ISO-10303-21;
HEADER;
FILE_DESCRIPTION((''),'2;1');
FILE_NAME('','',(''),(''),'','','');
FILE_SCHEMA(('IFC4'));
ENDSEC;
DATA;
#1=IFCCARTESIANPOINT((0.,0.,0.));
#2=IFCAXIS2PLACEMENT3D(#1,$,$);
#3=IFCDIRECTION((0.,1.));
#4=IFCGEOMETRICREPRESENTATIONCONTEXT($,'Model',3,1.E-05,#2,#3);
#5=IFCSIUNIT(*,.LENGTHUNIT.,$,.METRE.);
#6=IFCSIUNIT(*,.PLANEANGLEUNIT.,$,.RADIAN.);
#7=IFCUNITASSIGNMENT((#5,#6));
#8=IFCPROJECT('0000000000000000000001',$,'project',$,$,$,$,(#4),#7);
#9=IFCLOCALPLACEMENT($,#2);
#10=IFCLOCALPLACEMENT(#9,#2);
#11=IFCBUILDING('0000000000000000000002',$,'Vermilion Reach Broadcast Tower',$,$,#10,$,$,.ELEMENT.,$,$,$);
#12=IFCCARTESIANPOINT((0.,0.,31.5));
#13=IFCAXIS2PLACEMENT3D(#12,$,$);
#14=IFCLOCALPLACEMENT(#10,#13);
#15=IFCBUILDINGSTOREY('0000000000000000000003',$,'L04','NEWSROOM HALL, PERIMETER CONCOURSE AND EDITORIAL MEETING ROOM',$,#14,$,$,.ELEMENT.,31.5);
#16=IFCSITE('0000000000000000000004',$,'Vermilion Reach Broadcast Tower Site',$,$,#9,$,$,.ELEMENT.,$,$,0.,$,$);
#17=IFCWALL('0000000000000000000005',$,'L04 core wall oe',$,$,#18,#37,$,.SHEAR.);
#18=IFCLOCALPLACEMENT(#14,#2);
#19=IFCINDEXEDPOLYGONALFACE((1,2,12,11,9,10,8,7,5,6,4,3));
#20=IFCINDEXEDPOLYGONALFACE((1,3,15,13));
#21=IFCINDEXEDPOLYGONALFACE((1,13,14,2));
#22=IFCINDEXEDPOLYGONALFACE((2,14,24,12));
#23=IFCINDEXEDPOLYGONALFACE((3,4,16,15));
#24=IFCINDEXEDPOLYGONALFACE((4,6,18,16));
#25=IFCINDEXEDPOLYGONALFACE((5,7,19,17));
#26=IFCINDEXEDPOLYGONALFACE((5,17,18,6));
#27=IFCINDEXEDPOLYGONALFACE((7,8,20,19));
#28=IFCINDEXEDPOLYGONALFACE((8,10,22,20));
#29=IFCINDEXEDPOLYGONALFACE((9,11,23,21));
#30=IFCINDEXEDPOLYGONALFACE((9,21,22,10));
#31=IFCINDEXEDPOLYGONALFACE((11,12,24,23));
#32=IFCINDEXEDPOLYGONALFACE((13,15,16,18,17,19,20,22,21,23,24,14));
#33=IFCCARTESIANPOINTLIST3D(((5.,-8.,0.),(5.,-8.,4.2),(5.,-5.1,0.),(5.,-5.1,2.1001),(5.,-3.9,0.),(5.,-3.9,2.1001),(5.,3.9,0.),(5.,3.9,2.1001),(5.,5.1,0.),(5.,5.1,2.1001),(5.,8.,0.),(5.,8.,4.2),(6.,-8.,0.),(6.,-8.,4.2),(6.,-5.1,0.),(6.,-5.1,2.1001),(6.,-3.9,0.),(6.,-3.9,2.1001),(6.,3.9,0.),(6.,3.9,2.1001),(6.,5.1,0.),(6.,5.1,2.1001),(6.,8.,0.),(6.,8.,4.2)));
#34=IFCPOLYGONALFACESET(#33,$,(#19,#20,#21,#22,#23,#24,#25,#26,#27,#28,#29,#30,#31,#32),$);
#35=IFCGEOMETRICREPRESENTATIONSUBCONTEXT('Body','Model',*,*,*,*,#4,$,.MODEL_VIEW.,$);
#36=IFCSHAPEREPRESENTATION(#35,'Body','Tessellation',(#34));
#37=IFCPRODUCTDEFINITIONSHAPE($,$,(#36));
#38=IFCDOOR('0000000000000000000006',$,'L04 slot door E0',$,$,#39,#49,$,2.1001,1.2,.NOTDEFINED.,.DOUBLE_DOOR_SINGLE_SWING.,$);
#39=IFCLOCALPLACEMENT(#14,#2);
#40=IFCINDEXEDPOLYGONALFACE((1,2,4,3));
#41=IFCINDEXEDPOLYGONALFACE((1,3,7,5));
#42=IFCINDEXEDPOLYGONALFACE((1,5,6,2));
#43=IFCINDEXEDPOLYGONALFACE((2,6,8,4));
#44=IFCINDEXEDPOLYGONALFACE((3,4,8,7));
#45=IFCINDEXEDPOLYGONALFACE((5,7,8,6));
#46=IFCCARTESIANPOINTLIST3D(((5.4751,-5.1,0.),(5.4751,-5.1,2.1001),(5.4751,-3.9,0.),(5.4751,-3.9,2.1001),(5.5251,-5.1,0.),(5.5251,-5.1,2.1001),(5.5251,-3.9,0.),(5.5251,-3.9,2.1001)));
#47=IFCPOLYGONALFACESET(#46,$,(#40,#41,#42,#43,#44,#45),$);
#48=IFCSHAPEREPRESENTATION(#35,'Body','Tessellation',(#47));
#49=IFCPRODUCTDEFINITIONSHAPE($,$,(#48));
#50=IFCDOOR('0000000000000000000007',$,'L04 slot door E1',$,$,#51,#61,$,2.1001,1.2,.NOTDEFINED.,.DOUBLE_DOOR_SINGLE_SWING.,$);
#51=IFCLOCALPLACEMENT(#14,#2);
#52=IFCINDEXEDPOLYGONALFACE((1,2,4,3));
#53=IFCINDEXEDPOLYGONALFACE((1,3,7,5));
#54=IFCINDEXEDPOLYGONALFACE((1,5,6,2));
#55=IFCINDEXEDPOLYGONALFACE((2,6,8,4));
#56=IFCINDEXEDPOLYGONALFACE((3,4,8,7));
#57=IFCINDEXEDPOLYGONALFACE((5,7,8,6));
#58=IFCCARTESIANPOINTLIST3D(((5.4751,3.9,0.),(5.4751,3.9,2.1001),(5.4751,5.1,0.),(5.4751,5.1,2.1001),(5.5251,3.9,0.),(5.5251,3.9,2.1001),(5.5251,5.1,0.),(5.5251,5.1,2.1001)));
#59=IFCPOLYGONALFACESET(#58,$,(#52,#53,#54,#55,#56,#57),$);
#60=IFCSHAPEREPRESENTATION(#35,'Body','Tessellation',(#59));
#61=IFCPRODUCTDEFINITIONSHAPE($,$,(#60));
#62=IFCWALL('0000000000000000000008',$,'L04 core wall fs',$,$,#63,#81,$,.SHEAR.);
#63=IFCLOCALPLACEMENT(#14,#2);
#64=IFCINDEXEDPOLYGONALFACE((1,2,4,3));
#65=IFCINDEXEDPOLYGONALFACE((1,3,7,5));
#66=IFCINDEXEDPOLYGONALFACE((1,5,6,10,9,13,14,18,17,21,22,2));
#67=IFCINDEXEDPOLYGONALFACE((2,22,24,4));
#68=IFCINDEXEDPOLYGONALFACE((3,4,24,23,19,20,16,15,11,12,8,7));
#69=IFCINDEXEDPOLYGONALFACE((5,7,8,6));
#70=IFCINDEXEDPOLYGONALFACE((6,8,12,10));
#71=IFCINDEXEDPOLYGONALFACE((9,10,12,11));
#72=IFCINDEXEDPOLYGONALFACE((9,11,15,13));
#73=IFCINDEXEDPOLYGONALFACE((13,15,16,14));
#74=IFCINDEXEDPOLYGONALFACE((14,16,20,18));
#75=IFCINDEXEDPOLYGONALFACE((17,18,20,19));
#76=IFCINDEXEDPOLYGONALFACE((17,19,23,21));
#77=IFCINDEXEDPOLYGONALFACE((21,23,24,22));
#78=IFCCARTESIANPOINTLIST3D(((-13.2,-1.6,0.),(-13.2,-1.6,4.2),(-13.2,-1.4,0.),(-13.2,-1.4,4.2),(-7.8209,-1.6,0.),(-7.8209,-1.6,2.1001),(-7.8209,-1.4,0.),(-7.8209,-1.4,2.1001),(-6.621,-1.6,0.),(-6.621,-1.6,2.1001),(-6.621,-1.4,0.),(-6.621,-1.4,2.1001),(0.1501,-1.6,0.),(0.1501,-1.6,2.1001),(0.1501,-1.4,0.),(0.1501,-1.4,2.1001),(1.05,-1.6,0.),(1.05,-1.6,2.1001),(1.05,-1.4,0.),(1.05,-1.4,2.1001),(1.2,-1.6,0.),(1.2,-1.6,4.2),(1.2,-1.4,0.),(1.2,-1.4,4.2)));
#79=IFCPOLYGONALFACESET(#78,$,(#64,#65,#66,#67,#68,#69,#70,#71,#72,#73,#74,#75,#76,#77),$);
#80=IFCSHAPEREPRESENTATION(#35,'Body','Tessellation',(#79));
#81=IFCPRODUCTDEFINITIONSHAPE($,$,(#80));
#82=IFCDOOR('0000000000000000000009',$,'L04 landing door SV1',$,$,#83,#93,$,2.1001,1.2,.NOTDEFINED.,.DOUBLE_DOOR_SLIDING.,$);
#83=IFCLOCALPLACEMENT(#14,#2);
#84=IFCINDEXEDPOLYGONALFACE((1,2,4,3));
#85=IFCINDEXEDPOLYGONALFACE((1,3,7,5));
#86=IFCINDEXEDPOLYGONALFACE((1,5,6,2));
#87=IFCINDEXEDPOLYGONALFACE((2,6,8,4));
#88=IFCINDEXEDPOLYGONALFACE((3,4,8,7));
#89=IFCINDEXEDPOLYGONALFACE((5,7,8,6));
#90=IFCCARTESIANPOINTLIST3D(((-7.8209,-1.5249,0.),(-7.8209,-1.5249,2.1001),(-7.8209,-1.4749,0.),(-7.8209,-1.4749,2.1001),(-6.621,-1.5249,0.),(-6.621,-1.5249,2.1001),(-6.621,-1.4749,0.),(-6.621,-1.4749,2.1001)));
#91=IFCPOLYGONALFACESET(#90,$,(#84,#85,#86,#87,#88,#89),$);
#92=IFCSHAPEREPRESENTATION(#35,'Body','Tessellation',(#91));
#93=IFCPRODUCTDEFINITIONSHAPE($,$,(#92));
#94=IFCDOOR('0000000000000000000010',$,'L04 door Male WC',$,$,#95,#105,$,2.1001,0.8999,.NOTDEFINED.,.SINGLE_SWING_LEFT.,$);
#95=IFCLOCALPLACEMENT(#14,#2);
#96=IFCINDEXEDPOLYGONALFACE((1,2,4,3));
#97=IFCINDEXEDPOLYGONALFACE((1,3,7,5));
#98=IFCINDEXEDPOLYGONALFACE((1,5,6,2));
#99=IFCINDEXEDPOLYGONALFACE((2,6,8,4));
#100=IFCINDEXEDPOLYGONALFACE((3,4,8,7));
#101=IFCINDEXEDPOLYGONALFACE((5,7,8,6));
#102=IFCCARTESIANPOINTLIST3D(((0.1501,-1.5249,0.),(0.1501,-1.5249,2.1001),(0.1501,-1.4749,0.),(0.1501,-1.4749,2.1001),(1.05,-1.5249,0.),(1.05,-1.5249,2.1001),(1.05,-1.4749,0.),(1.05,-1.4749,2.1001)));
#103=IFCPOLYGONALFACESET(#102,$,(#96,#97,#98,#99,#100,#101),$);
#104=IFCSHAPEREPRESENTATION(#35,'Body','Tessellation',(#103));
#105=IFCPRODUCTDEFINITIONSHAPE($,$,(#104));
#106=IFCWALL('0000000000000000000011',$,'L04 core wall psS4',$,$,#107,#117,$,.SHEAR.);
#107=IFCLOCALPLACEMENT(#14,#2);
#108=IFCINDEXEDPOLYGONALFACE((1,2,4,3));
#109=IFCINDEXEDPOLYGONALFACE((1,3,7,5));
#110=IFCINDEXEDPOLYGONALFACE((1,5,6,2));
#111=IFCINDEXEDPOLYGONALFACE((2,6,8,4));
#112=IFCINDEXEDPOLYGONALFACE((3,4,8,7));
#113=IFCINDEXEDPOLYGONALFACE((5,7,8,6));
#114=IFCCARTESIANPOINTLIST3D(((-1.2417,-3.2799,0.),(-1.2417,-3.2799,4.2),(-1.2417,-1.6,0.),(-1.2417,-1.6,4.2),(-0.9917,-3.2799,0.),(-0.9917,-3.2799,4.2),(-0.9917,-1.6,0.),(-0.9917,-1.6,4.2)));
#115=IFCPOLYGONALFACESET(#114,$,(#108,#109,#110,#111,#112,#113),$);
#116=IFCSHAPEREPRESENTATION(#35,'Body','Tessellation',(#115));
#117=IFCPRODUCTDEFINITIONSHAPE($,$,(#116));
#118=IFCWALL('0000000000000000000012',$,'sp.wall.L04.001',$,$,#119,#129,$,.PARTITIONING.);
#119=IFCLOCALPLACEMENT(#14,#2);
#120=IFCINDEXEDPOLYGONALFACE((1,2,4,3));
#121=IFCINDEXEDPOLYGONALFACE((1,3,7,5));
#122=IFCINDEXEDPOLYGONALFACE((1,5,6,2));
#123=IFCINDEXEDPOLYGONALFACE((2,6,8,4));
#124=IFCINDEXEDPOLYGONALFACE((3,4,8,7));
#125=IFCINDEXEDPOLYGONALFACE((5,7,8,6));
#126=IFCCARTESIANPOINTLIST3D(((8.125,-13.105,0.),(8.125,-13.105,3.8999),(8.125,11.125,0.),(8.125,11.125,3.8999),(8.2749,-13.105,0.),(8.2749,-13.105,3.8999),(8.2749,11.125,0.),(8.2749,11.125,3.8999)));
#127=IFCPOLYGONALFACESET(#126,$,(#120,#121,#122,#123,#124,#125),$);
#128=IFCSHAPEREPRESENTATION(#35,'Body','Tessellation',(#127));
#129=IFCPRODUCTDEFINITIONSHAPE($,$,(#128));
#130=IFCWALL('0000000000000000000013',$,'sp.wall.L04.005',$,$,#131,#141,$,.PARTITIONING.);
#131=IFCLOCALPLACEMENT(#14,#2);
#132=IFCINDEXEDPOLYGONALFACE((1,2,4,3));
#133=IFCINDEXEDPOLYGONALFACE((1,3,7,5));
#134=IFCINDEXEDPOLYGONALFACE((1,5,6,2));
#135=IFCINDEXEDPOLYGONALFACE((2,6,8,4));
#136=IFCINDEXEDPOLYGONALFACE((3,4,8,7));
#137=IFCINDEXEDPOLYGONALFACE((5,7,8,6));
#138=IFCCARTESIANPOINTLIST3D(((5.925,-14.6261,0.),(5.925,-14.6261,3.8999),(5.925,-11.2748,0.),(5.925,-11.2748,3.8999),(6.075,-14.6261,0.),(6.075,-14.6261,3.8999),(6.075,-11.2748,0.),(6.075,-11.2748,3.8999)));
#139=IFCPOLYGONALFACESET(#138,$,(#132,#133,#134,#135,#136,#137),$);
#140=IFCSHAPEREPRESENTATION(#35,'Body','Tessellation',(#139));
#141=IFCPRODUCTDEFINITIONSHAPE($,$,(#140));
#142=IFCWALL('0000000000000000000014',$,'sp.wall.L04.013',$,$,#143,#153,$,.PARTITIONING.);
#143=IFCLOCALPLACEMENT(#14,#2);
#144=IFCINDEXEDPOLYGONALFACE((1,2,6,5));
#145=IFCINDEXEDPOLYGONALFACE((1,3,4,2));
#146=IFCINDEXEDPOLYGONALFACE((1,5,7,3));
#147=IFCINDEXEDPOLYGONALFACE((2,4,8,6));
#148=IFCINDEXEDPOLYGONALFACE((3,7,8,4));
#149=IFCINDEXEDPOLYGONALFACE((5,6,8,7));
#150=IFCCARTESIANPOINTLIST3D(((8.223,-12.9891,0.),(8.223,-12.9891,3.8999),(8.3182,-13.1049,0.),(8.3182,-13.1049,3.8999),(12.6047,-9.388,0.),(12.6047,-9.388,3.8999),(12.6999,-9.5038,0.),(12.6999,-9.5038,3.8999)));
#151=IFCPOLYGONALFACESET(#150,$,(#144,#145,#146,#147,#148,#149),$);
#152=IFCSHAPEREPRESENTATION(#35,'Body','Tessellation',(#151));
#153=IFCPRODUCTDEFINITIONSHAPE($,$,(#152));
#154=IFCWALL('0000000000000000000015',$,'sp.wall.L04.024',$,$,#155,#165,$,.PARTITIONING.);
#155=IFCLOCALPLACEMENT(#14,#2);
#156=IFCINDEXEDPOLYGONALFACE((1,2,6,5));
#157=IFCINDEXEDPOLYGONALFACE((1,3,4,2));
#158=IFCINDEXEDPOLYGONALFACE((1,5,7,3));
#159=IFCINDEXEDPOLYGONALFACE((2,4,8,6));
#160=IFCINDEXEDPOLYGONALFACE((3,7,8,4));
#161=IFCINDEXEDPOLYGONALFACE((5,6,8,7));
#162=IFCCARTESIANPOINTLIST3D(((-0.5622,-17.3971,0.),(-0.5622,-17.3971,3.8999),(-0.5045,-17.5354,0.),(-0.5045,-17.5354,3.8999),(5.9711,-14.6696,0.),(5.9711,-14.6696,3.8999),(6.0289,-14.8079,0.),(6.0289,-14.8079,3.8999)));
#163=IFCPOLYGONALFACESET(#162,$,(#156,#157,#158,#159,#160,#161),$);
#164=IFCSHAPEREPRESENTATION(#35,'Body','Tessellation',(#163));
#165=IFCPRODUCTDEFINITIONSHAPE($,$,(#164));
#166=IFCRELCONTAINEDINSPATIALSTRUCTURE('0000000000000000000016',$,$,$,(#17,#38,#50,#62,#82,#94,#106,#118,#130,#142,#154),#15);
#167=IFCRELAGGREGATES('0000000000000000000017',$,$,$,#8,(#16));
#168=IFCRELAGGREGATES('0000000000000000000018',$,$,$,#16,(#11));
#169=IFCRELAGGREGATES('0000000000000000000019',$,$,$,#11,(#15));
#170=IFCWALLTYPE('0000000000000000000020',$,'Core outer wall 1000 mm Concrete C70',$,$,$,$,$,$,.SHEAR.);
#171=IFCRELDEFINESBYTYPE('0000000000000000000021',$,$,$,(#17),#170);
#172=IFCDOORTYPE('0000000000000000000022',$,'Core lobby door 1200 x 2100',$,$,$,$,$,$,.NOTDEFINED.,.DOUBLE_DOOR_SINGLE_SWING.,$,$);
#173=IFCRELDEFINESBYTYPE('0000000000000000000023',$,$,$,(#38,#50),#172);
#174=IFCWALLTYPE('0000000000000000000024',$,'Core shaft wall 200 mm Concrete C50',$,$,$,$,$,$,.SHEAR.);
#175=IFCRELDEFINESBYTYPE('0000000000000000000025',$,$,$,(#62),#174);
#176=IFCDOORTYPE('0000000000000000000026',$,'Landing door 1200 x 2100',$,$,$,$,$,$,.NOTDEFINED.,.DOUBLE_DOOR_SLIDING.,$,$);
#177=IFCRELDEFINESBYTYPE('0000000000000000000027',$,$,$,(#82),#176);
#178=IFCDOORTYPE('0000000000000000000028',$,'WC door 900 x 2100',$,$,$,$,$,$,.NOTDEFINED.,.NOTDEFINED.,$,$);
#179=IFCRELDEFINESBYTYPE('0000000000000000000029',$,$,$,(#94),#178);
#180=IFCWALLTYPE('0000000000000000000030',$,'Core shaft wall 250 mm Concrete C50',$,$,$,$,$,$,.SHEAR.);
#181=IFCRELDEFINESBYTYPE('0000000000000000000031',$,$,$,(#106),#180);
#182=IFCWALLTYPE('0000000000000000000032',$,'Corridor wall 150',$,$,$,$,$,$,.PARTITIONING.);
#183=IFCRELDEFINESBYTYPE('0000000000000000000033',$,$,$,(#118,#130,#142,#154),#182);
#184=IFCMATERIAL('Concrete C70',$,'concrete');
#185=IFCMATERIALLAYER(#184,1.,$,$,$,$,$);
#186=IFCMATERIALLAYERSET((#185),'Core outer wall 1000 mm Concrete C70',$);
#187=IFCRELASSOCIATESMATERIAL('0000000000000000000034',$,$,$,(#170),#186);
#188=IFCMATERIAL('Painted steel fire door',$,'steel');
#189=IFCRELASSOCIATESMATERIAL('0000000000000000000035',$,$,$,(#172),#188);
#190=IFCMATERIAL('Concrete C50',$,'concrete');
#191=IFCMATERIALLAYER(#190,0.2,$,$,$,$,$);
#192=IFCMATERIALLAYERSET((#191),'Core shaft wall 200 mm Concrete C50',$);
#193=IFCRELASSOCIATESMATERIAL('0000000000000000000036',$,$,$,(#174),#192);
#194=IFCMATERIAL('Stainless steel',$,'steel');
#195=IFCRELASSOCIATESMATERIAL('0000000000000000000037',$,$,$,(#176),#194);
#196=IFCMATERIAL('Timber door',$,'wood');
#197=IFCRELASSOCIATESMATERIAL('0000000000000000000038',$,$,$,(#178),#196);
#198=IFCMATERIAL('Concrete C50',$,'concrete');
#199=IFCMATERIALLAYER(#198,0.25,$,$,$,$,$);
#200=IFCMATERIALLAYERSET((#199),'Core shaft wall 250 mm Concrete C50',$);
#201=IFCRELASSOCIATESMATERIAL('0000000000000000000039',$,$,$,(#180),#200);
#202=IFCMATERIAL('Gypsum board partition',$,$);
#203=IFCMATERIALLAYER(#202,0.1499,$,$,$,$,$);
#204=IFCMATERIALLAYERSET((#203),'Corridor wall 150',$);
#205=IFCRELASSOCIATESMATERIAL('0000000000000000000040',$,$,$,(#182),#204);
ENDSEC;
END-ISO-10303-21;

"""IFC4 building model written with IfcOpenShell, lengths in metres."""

from ifc_helpers import new_model, si_unit, direction, frame, frame_2d, origin, place, context, subcontext, project, spatial, rectangle, extrude, material, layer, layer_set, type_object, element, fill, save


model = new_model("IFC4")

# Units and contexts
model_context = context("Model", 3, precision=1e-05, world=origin(), true_north=direction((0.0, 1.0)))
body_context = subcontext(model_context, "Body", "Model", "MODEL_VIEW")
ifc_project = project(units=[si_unit("LENGTHUNIT", "METRE"), si_unit("PLANEANGLEUNIT", "RADIAN")], contexts=[model_context])

# Site, building, storey
site_placement = place(None, origin())
site = spatial("IfcSite", under=ifc_project, at=site_placement, Name="Vermilion Reach Broadcast Tower Site", CompositionType="ELEMENT", RefElevation=0.0)
building_placement = place(site_placement, origin())
building = spatial("IfcBuilding", under=site, at=building_placement, Name="Vermilion Reach Broadcast Tower", CompositionType="ELEMENT")
storey_placement = place(building_placement, frame((0.0, 0.0, 31.5)))
storey = spatial("IfcBuildingStorey", under=building, at=storey_placement, Name="L04", Description="NEWSROOM HALL, PERIMETER CONCOURSE AND EDITORIAL MEETING ROOM", CompositionType="ELEMENT", Elevation=31.5)

# Walls, openings, doors
ifc_material_1 = material(Name="Concrete C70", Category="concrete")
ifc_layer_1 = layer(ifc_material_1, 1.0)
ifc_layer_set_1 = layer_set([ifc_layer_1], Name="Core outer wall 1000 mm Concrete C70")
wall_type_1 = type_object("IfcWallType", Name="Core outer wall 1000 mm Concrete C70", PredefinedType="SHEAR", material=ifc_layer_set_1)
wall_1_placement = place(storey_placement, frame((5.5, -8.0, 0.0), z_axis=(0.0, 0.0, 1.0), x_axis=(0.0, 1.0, 0.0)))
wall_1 = element("IfcWall", 1, at=wall_1_placement, inside=storey, type_object=wall_type_1, Name="L04 core wall oe", PredefinedType="SHEAR", context=body_context, shape_type="SweptSolid", body=[
    extrude(rectangle(XDim=16.0, YDim=1.0, at=frame_2d((8.0, 0.0))), origin(), (0.0, 0.0, 1.0), 4.2),
])
opening_1_placement = place(wall_1_placement, frame((2.8999, 0.0, 0.0)))
opening_1 = element("IfcOpeningElement", 2, at=opening_1_placement, cuts=wall_1, PredefinedType="OPENING", context=body_context, shape_type="SweptSolid", body=[
    extrude(rectangle(XDim=1.2, YDim=2.1001, at=frame_2d((0.6001, 1.05))), frame((0.0, 0.51, 0.0), z_axis=(0.0, -1.0, 0.0), x_axis=(1.0, 0.0, 0.0)), (0.0, 0.0, 1.0), 1.02),
])
opening_2_placement = place(wall_1_placement, frame((11.8999, 0.0, 0.0)))
opening_2 = element("IfcOpeningElement", 3, at=opening_2_placement, cuts=wall_1, PredefinedType="OPENING", context=body_context, shape_type="SweptSolid", body=[
    extrude(rectangle(XDim=1.2, YDim=2.1001, at=frame_2d((0.6001, 1.05))), frame((0.0, 0.51, 0.0), z_axis=(0.0, -1.0, 0.0), x_axis=(1.0, 0.0, 0.0)), (0.0, 0.0, 1.0), 1.02),
])
ifc_material_2 = material(Name="Painted steel fire door", Category="steel")
door_type_1 = type_object("IfcDoorType", Name="Core lobby door 1200 x 2100", OperationType="DOUBLE_DOOR_SINGLE_SWING", PredefinedType="NOTDEFINED", material=ifc_material_2)
door_1_placement = place(opening_1_placement, origin())
door_1 = element("IfcDoor", 4, at=door_1_placement, inside=storey, type_object=door_type_1, Name="L04 slot door E0", OperationType="DOUBLE_DOOR_SINGLE_SWING", OverallHeight=2.1001, OverallWidth=1.2, PredefinedType="NOTDEFINED", context=body_context, shape_type="SweptSolid", body=[
    extrude(rectangle(XDim=1.2, YDim=2.1001, at=frame_2d((0.6001, 1.05))), frame((0.0, 0.0249, 0.0), z_axis=(0.0, -1.0, 0.0), x_axis=(1.0, 0.0, 0.0)), (0.0, 0.0, 1.0), 0.05),
])
fill(opening_1, door_1)
door_2_placement = place(opening_2_placement, origin())
door_2 = element("IfcDoor", 5, at=door_2_placement, inside=storey, type_object=door_type_1, Name="L04 slot door E1", OperationType="DOUBLE_DOOR_SINGLE_SWING", OverallHeight=2.1001, OverallWidth=1.2, PredefinedType="NOTDEFINED", context=body_context, shape_type="SweptSolid", body=[
    extrude(rectangle(XDim=1.2, YDim=2.1001, at=frame_2d((0.6001, 1.05))), frame((0.0, 0.0249, 0.0), z_axis=(0.0, -1.0, 0.0), x_axis=(1.0, 0.0, 0.0)), (0.0, 0.0, 1.0), 0.05),
])
fill(opening_2, door_2)
ifc_material_3 = material(Name="Concrete C50", Category="concrete")
ifc_layer_2 = layer(ifc_material_3, 0.2)
ifc_layer_set_2 = layer_set([ifc_layer_2], Name="Core shaft wall 200 mm Concrete C50")
wall_type_2 = type_object("IfcWallType", Name="Core shaft wall 200 mm Concrete C50", PredefinedType="SHEAR", material=ifc_layer_set_2)
wall_2_placement = place(storey_placement, frame((1.2, -1.5, 0.0), z_axis=(0.0, 0.0, 1.0), x_axis=(-1.0, 0.0, 0.0)))
wall_2 = element("IfcWall", 6, at=wall_2_placement, inside=storey, type_object=wall_type_2, Name="L04 core wall fs", PredefinedType="SHEAR", context=body_context, shape_type="SweptSolid", body=[
    extrude(rectangle(XDim=14.3999, YDim=0.2, at=frame_2d((7.2, 0.0))), origin(), (0.0, 0.0, 1.0), 4.2),
])
opening_3_placement = place(wall_2_placement, frame((7.8208, 0.0, 0.0)))
opening_3 = element("IfcOpeningElement", 7, at=opening_3_placement, cuts=wall_2, PredefinedType="OPENING", context=body_context, shape_type="SweptSolid", body=[
    extrude(rectangle(XDim=1.2, YDim=2.1001, at=frame_2d((0.6001, 1.05))), frame((0.0, 0.1099, 0.0), z_axis=(0.0, -1.0, 0.0), x_axis=(1.0, 0.0, 0.0)), (0.0, 0.0, 1.0), 0.22),
])
opening_4_placement = place(wall_2_placement, frame((0.1499, 0.0, 0.0)))
opening_4 = element("IfcOpeningElement", 8, at=opening_4_placement, cuts=wall_2, PredefinedType="OPENING", context=body_context, shape_type="SweptSolid", body=[
    extrude(rectangle(XDim=0.8999, YDim=2.1001, at=frame_2d((0.45, 1.05))), frame((0.0, 0.1099, 0.0), z_axis=(0.0, -1.0, 0.0), x_axis=(1.0, 0.0, 0.0)), (0.0, 0.0, 1.0), 0.22),
])
ifc_material_4 = material(Name="Stainless steel", Category="steel")
door_type_2 = type_object("IfcDoorType", Name="Landing door 1200 x 2100", OperationType="DOUBLE_DOOR_SLIDING", PredefinedType="NOTDEFINED", material=ifc_material_4)
door_3_placement = place(opening_3_placement, origin())
door_3 = element("IfcDoor", 9, at=door_3_placement, inside=storey, type_object=door_type_2, Name="L04 landing door SV1", OperationType="DOUBLE_DOOR_SLIDING", OverallHeight=2.1001, OverallWidth=1.2, PredefinedType="NOTDEFINED", context=body_context, shape_type="SweptSolid", body=[
    extrude(rectangle(XDim=1.2, YDim=2.1001, at=frame_2d((0.6001, 1.05))), frame((0.0, 0.0249, 0.0), z_axis=(0.0, -1.0, 0.0), x_axis=(1.0, 0.0, 0.0)), (0.0, 0.0, 1.0), 0.05),
])
fill(opening_3, door_3)
ifc_material_5 = material(Name="Timber door", Category="wood")
door_type_3 = type_object("IfcDoorType", Name="WC door 900 x 2100", OperationType="NOTDEFINED", PredefinedType="NOTDEFINED", material=ifc_material_5)
door_4_placement = place(opening_4_placement, origin())
door_4 = element("IfcDoor", 10, at=door_4_placement, inside=storey, type_object=door_type_3, Name="L04 door Male WC", OperationType="SINGLE_SWING_LEFT", OverallHeight=2.1001, OverallWidth=0.8999, PredefinedType="NOTDEFINED", context=body_context, shape_type="SweptSolid", body=[
    extrude(rectangle(XDim=0.8999, YDim=2.1001, at=frame_2d((0.45, 1.05))), frame((0.0, 0.0249, 0.0), z_axis=(0.0, -1.0, 0.0), x_axis=(1.0, 0.0, 0.0)), (0.0, 0.0, 1.0), 0.05),
])
fill(opening_4, door_4)

# Walls
ifc_material_6 = material(Name="Concrete C50", Category="concrete")
ifc_layer_3 = layer(ifc_material_6, 0.25)
ifc_layer_set_3 = layer_set([ifc_layer_3], Name="Core shaft wall 250 mm Concrete C50")
wall_type_3 = type_object("IfcWallType", Name="Core shaft wall 250 mm Concrete C50", PredefinedType="SHEAR", material=ifc_layer_set_3)
wall_3_placement = place(storey_placement, frame((-1.1167, -1.6001, 0.0), z_axis=(0.0, 0.0, 1.0), x_axis=(0.0, -1.0, 0.0)))
element("IfcWall", 11, at=wall_3_placement, inside=storey, type_object=wall_type_3, Name="L04 core wall psS4", PredefinedType="SHEAR", context=body_context, shape_type="SweptSolid", body=[
    extrude(rectangle(XDim=1.6799, YDim=0.25, at=frame_2d((0.8398, 0.0))), origin(), (0.0, 0.0, 1.0), 4.2),
])
ifc_material_7 = material(Name="Gypsum board partition")
ifc_layer_4 = layer(ifc_material_7, 0.1499)
ifc_layer_set_4 = layer_set([ifc_layer_4], Name="Corridor wall 150")
wall_type_4 = type_object("IfcWallType", Name="Corridor wall 150", PredefinedType="PARTITIONING", material=ifc_layer_set_4)
wall_4_placement = place(storey_placement, frame((8.2, -13.105, 0.0), z_axis=(0.0, 0.0, 1.0), x_axis=(0.0, 1.0, 0.0)))
element("IfcWall", 12, at=wall_4_placement, inside=storey, type_object=wall_type_4, Name="sp.wall.L04.001", PredefinedType="PARTITIONING", context=body_context, shape_type="SweptSolid", body=[
    extrude(rectangle(XDim=24.23, YDim=0.1499, at=frame_2d((12.115, 0.0))), origin(), (0.0, 0.0, 1.0), 3.8999),
])
wall_5_placement = place(storey_placement, frame((6.0, -14.6262, 0.0), z_axis=(0.0, 0.0, 1.0), x_axis=(0.0, 1.0, 0.0)))
element("IfcWall", 13, at=wall_5_placement, inside=storey, type_object=wall_type_4, Name="sp.wall.L04.005", PredefinedType="PARTITIONING", context=body_context, shape_type="SweptSolid", body=[
    extrude(rectangle(XDim=3.3513, YDim=0.1499, at=frame_2d((1.6758, 0.0))), origin(), (0.0, 0.0, 1.0), 3.8999),
])
wall_6_placement = place(storey_placement, frame((8.2705, -13.0471, 0.0), z_axis=(0.0, 0.0, 1.0), x_axis=(0.772561, 0.63494, 0.0)))
element("IfcWall", 14, at=wall_6_placement, inside=storey, type_object=wall_type_4, Name="sp.wall.L04.013", PredefinedType="PARTITIONING", context=body_context, shape_type="SweptSolid", body=[
    extrude(rectangle(XDim=5.6716, YDim=0.1499, at=frame_2d((2.8359, 0.0))), origin(), (0.0, 0.0, 1.0), 3.8999),
])
wall_7_placement = place(storey_placement, frame((-0.5334, -17.4663, 0.0), z_axis=(0.0, 0.0, 1.0), x_axis=(0.922812, 0.385249, 0.0)))
element("IfcWall", 15, at=wall_7_placement, inside=storey, type_object=wall_type_4, Name="sp.wall.L04.024", PredefinedType="PARTITIONING", context=body_context, shape_type="SweptSolid", body=[
    extrude(rectangle(XDim=7.0798, YDim=0.1499, at=frame_2d((3.54, 0.0))), origin(), (0.0, 0.0, 1.0), 3.8999),
])

save(model, "model.ifc")
